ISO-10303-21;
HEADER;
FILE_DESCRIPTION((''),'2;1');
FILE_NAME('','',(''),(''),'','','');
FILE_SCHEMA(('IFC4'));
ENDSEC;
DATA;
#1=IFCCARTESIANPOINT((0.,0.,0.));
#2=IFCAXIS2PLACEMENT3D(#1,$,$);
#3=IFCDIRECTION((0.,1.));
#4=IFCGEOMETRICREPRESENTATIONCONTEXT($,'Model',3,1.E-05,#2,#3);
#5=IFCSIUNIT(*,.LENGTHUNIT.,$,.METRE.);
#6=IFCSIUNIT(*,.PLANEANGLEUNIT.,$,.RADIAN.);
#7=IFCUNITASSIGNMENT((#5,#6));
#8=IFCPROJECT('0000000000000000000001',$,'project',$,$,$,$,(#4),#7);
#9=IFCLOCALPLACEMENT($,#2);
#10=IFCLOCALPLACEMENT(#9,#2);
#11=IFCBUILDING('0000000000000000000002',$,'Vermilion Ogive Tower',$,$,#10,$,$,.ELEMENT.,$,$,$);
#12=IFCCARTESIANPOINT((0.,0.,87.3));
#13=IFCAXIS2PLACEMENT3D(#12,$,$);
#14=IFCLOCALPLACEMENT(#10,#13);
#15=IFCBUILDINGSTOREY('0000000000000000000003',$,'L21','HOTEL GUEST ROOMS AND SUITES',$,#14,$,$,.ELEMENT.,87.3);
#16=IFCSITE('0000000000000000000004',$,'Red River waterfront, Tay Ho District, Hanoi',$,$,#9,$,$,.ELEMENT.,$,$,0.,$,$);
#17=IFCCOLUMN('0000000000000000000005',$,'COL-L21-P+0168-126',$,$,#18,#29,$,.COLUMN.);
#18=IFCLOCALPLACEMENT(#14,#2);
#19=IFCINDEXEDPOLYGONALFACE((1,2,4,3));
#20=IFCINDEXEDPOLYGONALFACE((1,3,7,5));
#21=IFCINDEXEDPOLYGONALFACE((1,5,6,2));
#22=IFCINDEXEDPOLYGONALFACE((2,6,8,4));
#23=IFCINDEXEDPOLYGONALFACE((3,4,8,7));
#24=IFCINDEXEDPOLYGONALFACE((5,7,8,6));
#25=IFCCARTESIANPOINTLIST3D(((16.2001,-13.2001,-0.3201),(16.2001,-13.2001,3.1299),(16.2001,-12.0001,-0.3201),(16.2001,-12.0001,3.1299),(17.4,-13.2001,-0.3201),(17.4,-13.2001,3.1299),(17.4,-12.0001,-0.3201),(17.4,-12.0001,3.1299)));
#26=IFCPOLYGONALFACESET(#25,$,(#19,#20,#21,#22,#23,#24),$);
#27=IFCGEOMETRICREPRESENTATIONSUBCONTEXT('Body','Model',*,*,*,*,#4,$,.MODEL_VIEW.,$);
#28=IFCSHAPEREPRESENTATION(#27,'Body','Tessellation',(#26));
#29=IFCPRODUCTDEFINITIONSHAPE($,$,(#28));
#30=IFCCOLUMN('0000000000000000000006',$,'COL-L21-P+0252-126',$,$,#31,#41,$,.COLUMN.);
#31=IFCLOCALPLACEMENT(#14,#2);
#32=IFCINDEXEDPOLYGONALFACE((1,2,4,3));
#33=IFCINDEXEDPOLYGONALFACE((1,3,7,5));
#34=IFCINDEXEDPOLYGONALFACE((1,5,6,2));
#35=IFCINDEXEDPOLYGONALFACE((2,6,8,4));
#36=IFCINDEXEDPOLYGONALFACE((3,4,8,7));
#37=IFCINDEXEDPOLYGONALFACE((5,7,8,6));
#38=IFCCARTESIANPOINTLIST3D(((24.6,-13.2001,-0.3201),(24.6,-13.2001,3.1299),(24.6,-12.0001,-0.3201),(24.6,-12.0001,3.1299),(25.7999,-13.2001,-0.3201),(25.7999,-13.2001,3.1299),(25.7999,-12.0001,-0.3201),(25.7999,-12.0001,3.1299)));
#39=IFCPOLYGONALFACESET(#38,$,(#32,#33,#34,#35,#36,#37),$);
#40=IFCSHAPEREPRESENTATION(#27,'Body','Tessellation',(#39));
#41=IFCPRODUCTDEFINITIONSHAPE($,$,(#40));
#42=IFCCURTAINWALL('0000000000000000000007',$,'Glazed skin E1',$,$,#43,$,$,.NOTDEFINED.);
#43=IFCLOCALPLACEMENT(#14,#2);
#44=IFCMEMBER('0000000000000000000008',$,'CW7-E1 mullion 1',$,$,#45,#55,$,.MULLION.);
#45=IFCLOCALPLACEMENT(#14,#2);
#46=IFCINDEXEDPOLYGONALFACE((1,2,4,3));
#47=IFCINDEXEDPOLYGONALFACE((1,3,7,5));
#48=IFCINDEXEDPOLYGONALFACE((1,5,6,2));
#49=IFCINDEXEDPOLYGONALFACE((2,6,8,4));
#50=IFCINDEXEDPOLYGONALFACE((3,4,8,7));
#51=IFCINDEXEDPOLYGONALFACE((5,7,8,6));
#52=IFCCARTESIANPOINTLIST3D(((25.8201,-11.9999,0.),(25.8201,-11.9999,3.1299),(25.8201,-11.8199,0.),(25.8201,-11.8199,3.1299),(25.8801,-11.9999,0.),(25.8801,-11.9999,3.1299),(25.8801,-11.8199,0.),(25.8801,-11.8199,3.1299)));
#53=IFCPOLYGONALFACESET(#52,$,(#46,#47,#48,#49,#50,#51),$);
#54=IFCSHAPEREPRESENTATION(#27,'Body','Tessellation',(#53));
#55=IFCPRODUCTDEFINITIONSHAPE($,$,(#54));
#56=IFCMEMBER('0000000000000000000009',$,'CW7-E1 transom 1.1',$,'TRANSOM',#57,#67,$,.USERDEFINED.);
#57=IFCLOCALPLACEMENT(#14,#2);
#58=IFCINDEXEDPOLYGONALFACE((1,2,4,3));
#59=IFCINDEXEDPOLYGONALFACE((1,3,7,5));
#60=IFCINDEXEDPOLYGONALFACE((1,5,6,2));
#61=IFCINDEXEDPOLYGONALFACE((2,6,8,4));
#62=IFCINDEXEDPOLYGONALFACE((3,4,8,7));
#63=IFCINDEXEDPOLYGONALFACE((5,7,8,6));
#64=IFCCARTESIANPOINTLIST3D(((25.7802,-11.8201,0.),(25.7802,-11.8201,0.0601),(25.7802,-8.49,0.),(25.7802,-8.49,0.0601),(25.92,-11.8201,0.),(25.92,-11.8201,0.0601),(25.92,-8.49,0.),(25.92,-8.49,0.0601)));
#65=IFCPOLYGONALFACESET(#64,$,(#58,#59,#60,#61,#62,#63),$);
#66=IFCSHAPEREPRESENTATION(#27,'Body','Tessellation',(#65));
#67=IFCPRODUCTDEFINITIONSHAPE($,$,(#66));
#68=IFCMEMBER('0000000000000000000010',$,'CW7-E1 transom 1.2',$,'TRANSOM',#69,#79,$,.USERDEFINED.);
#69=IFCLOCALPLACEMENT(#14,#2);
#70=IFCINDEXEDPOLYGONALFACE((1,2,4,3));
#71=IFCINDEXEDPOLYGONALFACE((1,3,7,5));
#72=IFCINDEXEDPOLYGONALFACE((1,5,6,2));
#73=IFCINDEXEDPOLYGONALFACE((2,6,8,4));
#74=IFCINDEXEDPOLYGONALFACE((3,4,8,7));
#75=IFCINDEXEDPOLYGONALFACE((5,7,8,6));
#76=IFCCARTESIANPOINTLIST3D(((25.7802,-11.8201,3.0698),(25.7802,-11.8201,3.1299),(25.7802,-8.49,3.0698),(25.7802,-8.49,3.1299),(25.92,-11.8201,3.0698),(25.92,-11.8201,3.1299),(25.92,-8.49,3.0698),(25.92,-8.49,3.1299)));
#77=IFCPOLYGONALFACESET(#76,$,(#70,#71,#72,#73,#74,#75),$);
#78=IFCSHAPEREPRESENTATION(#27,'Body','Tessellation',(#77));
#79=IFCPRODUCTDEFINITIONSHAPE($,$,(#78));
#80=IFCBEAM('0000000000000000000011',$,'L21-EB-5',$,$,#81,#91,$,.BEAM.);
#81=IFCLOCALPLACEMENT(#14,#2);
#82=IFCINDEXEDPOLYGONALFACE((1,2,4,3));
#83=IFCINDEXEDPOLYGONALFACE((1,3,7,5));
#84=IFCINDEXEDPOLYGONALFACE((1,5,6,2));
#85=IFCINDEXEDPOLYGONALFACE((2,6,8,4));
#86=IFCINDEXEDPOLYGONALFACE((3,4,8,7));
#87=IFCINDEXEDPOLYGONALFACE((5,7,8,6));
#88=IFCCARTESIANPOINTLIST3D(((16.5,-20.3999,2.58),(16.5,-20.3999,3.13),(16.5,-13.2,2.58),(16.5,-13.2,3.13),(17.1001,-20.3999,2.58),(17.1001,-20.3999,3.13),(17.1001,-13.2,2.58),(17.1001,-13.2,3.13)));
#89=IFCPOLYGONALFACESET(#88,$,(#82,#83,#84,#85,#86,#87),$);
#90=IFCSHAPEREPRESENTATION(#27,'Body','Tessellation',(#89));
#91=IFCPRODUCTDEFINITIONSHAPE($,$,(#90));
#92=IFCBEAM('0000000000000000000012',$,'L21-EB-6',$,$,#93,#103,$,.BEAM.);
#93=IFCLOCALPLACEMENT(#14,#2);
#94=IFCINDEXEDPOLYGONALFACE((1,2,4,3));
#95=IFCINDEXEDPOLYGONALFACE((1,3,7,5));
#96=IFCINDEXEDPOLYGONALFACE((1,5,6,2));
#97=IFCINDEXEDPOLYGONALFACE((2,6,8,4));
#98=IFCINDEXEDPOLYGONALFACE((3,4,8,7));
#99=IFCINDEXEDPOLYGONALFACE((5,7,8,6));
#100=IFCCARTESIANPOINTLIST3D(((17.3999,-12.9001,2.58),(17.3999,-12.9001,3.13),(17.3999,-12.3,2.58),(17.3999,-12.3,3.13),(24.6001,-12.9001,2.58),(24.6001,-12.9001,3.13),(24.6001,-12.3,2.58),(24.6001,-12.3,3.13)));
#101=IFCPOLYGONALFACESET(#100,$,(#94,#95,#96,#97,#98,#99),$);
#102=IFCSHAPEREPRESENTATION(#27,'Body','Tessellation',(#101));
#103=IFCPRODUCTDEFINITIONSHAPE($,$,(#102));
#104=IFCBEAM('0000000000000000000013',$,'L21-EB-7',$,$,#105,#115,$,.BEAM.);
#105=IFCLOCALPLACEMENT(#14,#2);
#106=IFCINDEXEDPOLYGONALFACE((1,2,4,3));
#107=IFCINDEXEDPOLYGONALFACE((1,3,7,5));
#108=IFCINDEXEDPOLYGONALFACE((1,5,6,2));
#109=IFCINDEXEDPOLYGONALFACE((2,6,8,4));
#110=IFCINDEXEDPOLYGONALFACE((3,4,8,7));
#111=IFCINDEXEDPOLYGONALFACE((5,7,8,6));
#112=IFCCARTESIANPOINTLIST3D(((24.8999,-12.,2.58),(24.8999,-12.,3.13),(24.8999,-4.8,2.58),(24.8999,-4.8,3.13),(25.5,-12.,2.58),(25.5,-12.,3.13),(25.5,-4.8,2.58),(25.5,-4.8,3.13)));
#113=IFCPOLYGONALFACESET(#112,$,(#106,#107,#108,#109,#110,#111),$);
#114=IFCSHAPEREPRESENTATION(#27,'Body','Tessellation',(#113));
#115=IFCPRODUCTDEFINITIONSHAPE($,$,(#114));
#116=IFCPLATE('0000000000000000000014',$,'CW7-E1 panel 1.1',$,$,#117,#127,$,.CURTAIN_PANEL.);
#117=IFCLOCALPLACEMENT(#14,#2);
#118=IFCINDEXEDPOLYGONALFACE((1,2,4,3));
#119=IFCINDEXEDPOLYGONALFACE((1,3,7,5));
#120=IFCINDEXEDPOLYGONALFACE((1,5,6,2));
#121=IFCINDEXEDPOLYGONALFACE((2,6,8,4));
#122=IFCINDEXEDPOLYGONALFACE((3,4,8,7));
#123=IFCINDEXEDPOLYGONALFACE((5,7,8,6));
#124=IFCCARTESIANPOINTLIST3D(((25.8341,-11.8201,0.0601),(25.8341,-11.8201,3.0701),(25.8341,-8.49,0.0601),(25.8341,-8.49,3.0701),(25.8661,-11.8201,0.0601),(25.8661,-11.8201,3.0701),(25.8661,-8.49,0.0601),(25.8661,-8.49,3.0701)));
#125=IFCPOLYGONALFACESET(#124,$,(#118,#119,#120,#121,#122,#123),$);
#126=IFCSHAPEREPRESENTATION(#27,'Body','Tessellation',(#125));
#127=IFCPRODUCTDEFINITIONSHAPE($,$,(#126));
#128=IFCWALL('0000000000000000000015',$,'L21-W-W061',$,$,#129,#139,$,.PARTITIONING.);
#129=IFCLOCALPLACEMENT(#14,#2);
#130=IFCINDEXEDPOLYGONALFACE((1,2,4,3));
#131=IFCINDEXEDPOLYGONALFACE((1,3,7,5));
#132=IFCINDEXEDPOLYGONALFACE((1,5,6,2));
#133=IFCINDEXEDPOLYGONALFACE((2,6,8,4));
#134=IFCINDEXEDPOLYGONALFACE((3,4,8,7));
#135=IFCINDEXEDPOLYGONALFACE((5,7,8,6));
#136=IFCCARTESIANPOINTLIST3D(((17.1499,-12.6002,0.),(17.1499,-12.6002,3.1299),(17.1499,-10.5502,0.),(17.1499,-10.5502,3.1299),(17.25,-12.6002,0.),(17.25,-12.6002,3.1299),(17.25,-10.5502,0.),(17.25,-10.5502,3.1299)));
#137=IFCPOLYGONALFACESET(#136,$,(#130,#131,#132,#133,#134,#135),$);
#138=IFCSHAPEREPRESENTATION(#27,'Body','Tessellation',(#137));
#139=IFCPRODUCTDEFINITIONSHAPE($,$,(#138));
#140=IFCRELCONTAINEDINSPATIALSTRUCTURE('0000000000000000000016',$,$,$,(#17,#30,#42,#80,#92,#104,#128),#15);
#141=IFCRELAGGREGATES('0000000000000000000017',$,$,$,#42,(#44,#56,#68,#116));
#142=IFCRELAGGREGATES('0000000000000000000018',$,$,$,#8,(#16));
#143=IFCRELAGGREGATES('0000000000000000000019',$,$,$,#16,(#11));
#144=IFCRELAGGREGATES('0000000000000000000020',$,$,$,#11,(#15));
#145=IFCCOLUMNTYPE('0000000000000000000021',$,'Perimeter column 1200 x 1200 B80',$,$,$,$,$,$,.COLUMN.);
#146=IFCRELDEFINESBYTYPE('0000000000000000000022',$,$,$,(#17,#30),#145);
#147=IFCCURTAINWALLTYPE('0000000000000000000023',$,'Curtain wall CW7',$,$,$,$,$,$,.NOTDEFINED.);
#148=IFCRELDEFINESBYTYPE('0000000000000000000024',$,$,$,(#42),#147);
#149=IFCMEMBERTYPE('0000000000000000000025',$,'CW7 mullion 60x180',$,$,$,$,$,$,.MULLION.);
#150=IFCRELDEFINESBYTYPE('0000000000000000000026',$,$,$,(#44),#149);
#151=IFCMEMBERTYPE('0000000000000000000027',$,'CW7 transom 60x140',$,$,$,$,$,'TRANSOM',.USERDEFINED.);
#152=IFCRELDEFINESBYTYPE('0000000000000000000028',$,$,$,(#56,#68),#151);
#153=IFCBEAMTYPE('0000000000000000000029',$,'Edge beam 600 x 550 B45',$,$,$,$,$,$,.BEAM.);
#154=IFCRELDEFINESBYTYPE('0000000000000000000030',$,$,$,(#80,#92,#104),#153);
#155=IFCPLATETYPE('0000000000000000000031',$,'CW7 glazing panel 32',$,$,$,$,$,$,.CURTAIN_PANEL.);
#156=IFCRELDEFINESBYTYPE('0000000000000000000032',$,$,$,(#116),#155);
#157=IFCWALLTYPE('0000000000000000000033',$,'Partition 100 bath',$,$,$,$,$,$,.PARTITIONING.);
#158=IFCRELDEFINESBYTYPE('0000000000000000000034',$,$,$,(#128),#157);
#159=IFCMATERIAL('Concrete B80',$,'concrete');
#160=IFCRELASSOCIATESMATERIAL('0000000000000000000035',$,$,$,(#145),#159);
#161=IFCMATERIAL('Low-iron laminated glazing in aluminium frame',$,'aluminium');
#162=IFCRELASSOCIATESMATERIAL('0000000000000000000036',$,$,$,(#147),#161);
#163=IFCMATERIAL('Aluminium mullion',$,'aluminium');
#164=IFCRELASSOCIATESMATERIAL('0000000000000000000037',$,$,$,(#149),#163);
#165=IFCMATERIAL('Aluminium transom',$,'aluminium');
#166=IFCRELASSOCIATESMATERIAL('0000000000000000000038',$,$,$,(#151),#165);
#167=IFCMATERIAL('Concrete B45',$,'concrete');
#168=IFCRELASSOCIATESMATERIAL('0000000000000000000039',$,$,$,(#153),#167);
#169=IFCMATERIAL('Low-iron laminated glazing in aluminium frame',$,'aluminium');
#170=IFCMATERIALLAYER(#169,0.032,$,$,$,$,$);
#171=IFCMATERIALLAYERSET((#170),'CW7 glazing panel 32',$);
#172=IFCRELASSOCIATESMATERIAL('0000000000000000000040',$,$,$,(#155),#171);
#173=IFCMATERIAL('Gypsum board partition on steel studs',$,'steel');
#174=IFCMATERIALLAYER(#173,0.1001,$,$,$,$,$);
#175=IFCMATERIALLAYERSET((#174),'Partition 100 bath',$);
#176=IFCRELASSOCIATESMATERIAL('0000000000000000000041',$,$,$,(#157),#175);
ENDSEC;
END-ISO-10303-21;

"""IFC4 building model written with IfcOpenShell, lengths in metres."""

from ifc_helpers import new_model, si_unit, direction, frame, frame_2d, origin, origin_2d, place, context, subcontext, project, spatial, rectangle, extrude, material, layer, layer_set, material_profile, profile_set, type_object, element, aggregate, save


model = new_model("IFC4")

# Units and contexts
model_context = context("Model", 3, precision=1e-05, world=origin(), true_north=direction((0.0, 1.0)))
body_context = subcontext(model_context, "Body", "Model", "MODEL_VIEW")
ifc_project = project(units=[si_unit("LENGTHUNIT", "METRE"), si_unit("PLANEANGLEUNIT", "RADIAN")], contexts=[model_context])

# Site, building, storey
site_placement = place(None, origin())
site = spatial("IfcSite", under=ifc_project, at=site_placement, Name="Red River waterfront, Tay Ho District, Hanoi", CompositionType="ELEMENT", RefElevation=0.0)
building_placement = place(site_placement, origin())
building = spatial("IfcBuilding", under=site, at=building_placement, Name="Vermilion Ogive Tower", CompositionType="ELEMENT")
storey_placement = place(building_placement, frame((0.0, 0.0, 87.3)))
storey = spatial("IfcBuildingStorey", under=building, at=storey_placement, Name="L21", Description="HOTEL GUEST ROOMS AND SUITES", CompositionType="ELEMENT", Elevation=87.3)

# Columns
ifc_material_1 = material(Name="Concrete B80", Category="concrete")
ifc_material_profile_1 = material_profile(ifc_material_1, rectangle(XDim=1.2, YDim=1.2, at=origin_2d()), Name="1200 x 1200")
ifc_profile_set_1 = profile_set([ifc_material_profile_1], Name="Concrete B80")
column_type = type_object("IfcColumnType", Name="Perimeter column 1200 x 1200 B80", PredefinedType="COLUMN", material=ifc_profile_set_1)
for number, where, z_axis, x_axis, name in (
    (1, (16.8, -12.6001, -0.3201), (0.0, 0.0, 1.0), (1.0, 0.0, 0.0), "COL-L21-P+0168-126"),
    (2, (25.2, -12.6001, -0.3201), (0.0, 0.0, 1.0), (1.0, 0.0, 0.0), "COL-L21-P+0252-126"),
):
    element("IfcColumn", number, at=place(storey_placement, frame(where, z_axis=z_axis, x_axis=x_axis)), inside=storey, type_object=column_type, Name=name, PredefinedType="COLUMN", context=body_context, shape_type="SweptSolid", body=[
        extrude(rectangle(XDim=1.2, YDim=1.2, at=origin_2d()), origin(), (0.0, 0.0, 1.0), 3.45),
    ])

# Curtain wall, members
ifc_material_2 = material(Name="Low-iron laminated glazing in aluminium frame", Category="aluminium")
curtain_wall_type = type_object("IfcCurtainWallType", Name="Curtain wall CW7", PredefinedType="NOTDEFINED", material=ifc_material_2)
curtain_wall_placement = place(storey_placement, origin())
curtain_wall = element("IfcCurtainWall", 3, at=curtain_wall_placement, inside=storey, type_object=curtain_wall_type, Name="Glazed skin E1", PredefinedType="NOTDEFINED")
ifc_material_3 = material(Name="Aluminium mullion", Category="aluminium")
ifc_material_profile_2 = material_profile(ifc_material_3, rectangle(XDim=0.0601, YDim=0.1799, at=origin_2d()), Name="AL 60x180")
ifc_profile_set_2 = profile_set([ifc_material_profile_2], Name="Aluminium mullion")
member_type_1 = type_object("IfcMemberType", Name="CW7 mullion 60x180", PredefinedType="MULLION", material=ifc_profile_set_2)
member_1_placement = place(storey_placement, frame((25.8501, -11.9099, 0.0), z_axis=(0.0, 0.0, 1.0), x_axis=(-1.0, 0.0, 0.0)))
member_1 = element("IfcMember", 4, at=member_1_placement, type_object=member_type_1, Name="CW7-E1 mullion 1", PredefinedType="MULLION", context=body_context, shape_type="SweptSolid", body=[
    extrude(rectangle(XDim=0.0601, YDim=0.1799, at=origin_2d()), origin(), (0.0, 0.0, 1.0), 3.1299),
])
ifc_material_4 = material(Name="Aluminium transom", Category="aluminium")
ifc_material_profile_3 = material_profile(ifc_material_4, rectangle(XDim=0.1399, YDim=0.0601, at=origin_2d()), Name="AL 60x140")
ifc_profile_set_3 = profile_set([ifc_material_profile_3], Name="Aluminium transom")
member_type_2 = type_object("IfcMemberType", Name="CW7 transom 60x140", ElementType="TRANSOM", PredefinedType="USERDEFINED", material=ifc_profile_set_3)
member_2_placement = place(storey_placement, frame((25.8501, -11.8201, 0.03), z_axis=(0.0, 1.0, 0.0), x_axis=(-1.0, 0.0, 0.0)))
member_2 = element("IfcMember", 5, at=member_2_placement, type_object=member_type_2, Name="CW7-E1 transom 1.1", ObjectType="TRANSOM", PredefinedType="USERDEFINED", context=body_context, shape_type="SweptSolid", body=[
    extrude(rectangle(XDim=0.1399, YDim=0.0601, at=origin_2d()), origin(), (0.0, 0.0, 1.0), 3.3301),
])
member_3_placement = place(storey_placement, frame((25.8501, -11.8201, 3.0999), z_axis=(0.0, 1.0, 0.0), x_axis=(-1.0, 0.0, 0.0)))
member_3 = element("IfcMember", 6, at=member_3_placement, type_object=member_type_2, Name="CW7-E1 transom 1.2", ObjectType="TRANSOM", PredefinedType="USERDEFINED", context=body_context, shape_type="SweptSolid", body=[
    extrude(rectangle(XDim=0.1399, YDim=0.0601, at=origin_2d()), origin(), (0.0, 0.0, 1.0), 3.3301),
])

# Beams
ifc_material_5 = material(Name="Concrete B45", Category="concrete")
ifc_material_profile_4 = material_profile(ifc_material_5, rectangle(XDim=0.6001, YDim=0.55, at=origin_2d()), Name="600 x 550")
ifc_profile_set_4 = profile_set([ifc_material_profile_4], Name="Concrete B45")
beam_type = type_object("IfcBeamType", Name="Edge beam 600 x 550 B45", PredefinedType="BEAM", material=ifc_profile_set_4)
beam_1_placement = place(storey_placement, frame((16.8, -20.3999, 2.855), z_axis=(0.0, 1.0, 0.0), x_axis=(-1.0, 0.0, 0.0)))
element("IfcBeam", 7, at=beam_1_placement, inside=storey, type_object=beam_type, Name="L21-EB-5", PredefinedType="BEAM", context=body_context, shape_type="SweptSolid", body=[
    extrude(rectangle(XDim=0.6001, YDim=0.55, at=origin_2d()), origin(), (0.0, 0.0, 1.0), 7.2),
])
beam_2_placement = place(storey_placement, frame((17.3999, -12.6001, 2.855), z_axis=(1.0, 0.0, 0.0), x_axis=(0.0, 1.0, 0.0)))
element("IfcBeam", 8, at=beam_2_placement, inside=storey, type_object=beam_type, Name="L21-EB-6", PredefinedType="BEAM", context=body_context, shape_type="SweptSolid", body=[
    extrude(rectangle(XDim=0.6001, YDim=0.55, at=origin_2d()), origin(), (0.0, 0.0, 1.0), 7.2002),
])
beam_3_placement = place(storey_placement, frame((25.2, -12.0, 2.855), z_axis=(0.0, 1.0, 0.0), x_axis=(-1.0, 0.0, 0.0)))
element("IfcBeam", 9, at=beam_3_placement, inside=storey, type_object=beam_type, Name="L21-EB-7", PredefinedType="BEAM", context=body_context, shape_type="SweptSolid", body=[
    extrude(rectangle(XDim=0.6001, YDim=0.55, at=origin_2d()), origin(), (0.0, 0.0, 1.0), 7.2),
])

# Plate
ifc_material_6 = material(Name="Low-iron laminated glazing in aluminium frame", Category="aluminium")
ifc_layer_1 = layer(ifc_material_6, 0.032)
ifc_layer_set_1 = layer_set([ifc_layer_1], Name="CW7 glazing panel 32")
plate_type = type_object("IfcPlateType", Name="CW7 glazing panel 32", PredefinedType="CURTAIN_PANEL", material=ifc_layer_set_1)
plate_placement = place(storey_placement, frame((25.8501, -10.155, 0.0601), z_axis=(0.0, 0.0, 1.0), x_axis=(0.0, 1.0, 0.0)))
plate = element("IfcPlate", 10, at=plate_placement, type_object=plate_type, Name="CW7-E1 panel 1.1", PredefinedType="CURTAIN_PANEL", context=body_context, shape_type="SweptSolid", body=[
    extrude(rectangle(XDim=3.3301, YDim=0.032, at=origin_2d()), origin(), (0.0, 0.0, 1.0), 3.01),
])
aggregate(curtain_wall, [member_1, member_2, member_3, plate])

# Wall
ifc_material_7 = material(Name="Gypsum board partition on steel studs", Category="steel")
ifc_layer_2 = layer(ifc_material_7, 0.1001)
ifc_layer_set_2 = layer_set([ifc_layer_2], Name="Partition 100 bath")
wall_type_1 = type_object("IfcWallType", Name="Partition 100 bath", PredefinedType="PARTITIONING", material=ifc_layer_set_2)
wall_1_placement = place(storey_placement, frame((17.2, -12.6001, 0.0), z_axis=(0.0, 0.0, 1.0), x_axis=(0.0, 1.0, 0.0)))
element("IfcWall", 11, at=wall_1_placement, inside=storey, type_object=wall_type_1, Name="L21-W-W061", PredefinedType="PARTITIONING", context=body_context, shape_type="SweptSolid", body=[
    extrude(rectangle(XDim=2.05, YDim=0.1001, at=frame_2d((1.0249, 0.0))), origin(), (0.0, 0.0, 1.0), 3.1299),
])

save(model, "model.ifc")
